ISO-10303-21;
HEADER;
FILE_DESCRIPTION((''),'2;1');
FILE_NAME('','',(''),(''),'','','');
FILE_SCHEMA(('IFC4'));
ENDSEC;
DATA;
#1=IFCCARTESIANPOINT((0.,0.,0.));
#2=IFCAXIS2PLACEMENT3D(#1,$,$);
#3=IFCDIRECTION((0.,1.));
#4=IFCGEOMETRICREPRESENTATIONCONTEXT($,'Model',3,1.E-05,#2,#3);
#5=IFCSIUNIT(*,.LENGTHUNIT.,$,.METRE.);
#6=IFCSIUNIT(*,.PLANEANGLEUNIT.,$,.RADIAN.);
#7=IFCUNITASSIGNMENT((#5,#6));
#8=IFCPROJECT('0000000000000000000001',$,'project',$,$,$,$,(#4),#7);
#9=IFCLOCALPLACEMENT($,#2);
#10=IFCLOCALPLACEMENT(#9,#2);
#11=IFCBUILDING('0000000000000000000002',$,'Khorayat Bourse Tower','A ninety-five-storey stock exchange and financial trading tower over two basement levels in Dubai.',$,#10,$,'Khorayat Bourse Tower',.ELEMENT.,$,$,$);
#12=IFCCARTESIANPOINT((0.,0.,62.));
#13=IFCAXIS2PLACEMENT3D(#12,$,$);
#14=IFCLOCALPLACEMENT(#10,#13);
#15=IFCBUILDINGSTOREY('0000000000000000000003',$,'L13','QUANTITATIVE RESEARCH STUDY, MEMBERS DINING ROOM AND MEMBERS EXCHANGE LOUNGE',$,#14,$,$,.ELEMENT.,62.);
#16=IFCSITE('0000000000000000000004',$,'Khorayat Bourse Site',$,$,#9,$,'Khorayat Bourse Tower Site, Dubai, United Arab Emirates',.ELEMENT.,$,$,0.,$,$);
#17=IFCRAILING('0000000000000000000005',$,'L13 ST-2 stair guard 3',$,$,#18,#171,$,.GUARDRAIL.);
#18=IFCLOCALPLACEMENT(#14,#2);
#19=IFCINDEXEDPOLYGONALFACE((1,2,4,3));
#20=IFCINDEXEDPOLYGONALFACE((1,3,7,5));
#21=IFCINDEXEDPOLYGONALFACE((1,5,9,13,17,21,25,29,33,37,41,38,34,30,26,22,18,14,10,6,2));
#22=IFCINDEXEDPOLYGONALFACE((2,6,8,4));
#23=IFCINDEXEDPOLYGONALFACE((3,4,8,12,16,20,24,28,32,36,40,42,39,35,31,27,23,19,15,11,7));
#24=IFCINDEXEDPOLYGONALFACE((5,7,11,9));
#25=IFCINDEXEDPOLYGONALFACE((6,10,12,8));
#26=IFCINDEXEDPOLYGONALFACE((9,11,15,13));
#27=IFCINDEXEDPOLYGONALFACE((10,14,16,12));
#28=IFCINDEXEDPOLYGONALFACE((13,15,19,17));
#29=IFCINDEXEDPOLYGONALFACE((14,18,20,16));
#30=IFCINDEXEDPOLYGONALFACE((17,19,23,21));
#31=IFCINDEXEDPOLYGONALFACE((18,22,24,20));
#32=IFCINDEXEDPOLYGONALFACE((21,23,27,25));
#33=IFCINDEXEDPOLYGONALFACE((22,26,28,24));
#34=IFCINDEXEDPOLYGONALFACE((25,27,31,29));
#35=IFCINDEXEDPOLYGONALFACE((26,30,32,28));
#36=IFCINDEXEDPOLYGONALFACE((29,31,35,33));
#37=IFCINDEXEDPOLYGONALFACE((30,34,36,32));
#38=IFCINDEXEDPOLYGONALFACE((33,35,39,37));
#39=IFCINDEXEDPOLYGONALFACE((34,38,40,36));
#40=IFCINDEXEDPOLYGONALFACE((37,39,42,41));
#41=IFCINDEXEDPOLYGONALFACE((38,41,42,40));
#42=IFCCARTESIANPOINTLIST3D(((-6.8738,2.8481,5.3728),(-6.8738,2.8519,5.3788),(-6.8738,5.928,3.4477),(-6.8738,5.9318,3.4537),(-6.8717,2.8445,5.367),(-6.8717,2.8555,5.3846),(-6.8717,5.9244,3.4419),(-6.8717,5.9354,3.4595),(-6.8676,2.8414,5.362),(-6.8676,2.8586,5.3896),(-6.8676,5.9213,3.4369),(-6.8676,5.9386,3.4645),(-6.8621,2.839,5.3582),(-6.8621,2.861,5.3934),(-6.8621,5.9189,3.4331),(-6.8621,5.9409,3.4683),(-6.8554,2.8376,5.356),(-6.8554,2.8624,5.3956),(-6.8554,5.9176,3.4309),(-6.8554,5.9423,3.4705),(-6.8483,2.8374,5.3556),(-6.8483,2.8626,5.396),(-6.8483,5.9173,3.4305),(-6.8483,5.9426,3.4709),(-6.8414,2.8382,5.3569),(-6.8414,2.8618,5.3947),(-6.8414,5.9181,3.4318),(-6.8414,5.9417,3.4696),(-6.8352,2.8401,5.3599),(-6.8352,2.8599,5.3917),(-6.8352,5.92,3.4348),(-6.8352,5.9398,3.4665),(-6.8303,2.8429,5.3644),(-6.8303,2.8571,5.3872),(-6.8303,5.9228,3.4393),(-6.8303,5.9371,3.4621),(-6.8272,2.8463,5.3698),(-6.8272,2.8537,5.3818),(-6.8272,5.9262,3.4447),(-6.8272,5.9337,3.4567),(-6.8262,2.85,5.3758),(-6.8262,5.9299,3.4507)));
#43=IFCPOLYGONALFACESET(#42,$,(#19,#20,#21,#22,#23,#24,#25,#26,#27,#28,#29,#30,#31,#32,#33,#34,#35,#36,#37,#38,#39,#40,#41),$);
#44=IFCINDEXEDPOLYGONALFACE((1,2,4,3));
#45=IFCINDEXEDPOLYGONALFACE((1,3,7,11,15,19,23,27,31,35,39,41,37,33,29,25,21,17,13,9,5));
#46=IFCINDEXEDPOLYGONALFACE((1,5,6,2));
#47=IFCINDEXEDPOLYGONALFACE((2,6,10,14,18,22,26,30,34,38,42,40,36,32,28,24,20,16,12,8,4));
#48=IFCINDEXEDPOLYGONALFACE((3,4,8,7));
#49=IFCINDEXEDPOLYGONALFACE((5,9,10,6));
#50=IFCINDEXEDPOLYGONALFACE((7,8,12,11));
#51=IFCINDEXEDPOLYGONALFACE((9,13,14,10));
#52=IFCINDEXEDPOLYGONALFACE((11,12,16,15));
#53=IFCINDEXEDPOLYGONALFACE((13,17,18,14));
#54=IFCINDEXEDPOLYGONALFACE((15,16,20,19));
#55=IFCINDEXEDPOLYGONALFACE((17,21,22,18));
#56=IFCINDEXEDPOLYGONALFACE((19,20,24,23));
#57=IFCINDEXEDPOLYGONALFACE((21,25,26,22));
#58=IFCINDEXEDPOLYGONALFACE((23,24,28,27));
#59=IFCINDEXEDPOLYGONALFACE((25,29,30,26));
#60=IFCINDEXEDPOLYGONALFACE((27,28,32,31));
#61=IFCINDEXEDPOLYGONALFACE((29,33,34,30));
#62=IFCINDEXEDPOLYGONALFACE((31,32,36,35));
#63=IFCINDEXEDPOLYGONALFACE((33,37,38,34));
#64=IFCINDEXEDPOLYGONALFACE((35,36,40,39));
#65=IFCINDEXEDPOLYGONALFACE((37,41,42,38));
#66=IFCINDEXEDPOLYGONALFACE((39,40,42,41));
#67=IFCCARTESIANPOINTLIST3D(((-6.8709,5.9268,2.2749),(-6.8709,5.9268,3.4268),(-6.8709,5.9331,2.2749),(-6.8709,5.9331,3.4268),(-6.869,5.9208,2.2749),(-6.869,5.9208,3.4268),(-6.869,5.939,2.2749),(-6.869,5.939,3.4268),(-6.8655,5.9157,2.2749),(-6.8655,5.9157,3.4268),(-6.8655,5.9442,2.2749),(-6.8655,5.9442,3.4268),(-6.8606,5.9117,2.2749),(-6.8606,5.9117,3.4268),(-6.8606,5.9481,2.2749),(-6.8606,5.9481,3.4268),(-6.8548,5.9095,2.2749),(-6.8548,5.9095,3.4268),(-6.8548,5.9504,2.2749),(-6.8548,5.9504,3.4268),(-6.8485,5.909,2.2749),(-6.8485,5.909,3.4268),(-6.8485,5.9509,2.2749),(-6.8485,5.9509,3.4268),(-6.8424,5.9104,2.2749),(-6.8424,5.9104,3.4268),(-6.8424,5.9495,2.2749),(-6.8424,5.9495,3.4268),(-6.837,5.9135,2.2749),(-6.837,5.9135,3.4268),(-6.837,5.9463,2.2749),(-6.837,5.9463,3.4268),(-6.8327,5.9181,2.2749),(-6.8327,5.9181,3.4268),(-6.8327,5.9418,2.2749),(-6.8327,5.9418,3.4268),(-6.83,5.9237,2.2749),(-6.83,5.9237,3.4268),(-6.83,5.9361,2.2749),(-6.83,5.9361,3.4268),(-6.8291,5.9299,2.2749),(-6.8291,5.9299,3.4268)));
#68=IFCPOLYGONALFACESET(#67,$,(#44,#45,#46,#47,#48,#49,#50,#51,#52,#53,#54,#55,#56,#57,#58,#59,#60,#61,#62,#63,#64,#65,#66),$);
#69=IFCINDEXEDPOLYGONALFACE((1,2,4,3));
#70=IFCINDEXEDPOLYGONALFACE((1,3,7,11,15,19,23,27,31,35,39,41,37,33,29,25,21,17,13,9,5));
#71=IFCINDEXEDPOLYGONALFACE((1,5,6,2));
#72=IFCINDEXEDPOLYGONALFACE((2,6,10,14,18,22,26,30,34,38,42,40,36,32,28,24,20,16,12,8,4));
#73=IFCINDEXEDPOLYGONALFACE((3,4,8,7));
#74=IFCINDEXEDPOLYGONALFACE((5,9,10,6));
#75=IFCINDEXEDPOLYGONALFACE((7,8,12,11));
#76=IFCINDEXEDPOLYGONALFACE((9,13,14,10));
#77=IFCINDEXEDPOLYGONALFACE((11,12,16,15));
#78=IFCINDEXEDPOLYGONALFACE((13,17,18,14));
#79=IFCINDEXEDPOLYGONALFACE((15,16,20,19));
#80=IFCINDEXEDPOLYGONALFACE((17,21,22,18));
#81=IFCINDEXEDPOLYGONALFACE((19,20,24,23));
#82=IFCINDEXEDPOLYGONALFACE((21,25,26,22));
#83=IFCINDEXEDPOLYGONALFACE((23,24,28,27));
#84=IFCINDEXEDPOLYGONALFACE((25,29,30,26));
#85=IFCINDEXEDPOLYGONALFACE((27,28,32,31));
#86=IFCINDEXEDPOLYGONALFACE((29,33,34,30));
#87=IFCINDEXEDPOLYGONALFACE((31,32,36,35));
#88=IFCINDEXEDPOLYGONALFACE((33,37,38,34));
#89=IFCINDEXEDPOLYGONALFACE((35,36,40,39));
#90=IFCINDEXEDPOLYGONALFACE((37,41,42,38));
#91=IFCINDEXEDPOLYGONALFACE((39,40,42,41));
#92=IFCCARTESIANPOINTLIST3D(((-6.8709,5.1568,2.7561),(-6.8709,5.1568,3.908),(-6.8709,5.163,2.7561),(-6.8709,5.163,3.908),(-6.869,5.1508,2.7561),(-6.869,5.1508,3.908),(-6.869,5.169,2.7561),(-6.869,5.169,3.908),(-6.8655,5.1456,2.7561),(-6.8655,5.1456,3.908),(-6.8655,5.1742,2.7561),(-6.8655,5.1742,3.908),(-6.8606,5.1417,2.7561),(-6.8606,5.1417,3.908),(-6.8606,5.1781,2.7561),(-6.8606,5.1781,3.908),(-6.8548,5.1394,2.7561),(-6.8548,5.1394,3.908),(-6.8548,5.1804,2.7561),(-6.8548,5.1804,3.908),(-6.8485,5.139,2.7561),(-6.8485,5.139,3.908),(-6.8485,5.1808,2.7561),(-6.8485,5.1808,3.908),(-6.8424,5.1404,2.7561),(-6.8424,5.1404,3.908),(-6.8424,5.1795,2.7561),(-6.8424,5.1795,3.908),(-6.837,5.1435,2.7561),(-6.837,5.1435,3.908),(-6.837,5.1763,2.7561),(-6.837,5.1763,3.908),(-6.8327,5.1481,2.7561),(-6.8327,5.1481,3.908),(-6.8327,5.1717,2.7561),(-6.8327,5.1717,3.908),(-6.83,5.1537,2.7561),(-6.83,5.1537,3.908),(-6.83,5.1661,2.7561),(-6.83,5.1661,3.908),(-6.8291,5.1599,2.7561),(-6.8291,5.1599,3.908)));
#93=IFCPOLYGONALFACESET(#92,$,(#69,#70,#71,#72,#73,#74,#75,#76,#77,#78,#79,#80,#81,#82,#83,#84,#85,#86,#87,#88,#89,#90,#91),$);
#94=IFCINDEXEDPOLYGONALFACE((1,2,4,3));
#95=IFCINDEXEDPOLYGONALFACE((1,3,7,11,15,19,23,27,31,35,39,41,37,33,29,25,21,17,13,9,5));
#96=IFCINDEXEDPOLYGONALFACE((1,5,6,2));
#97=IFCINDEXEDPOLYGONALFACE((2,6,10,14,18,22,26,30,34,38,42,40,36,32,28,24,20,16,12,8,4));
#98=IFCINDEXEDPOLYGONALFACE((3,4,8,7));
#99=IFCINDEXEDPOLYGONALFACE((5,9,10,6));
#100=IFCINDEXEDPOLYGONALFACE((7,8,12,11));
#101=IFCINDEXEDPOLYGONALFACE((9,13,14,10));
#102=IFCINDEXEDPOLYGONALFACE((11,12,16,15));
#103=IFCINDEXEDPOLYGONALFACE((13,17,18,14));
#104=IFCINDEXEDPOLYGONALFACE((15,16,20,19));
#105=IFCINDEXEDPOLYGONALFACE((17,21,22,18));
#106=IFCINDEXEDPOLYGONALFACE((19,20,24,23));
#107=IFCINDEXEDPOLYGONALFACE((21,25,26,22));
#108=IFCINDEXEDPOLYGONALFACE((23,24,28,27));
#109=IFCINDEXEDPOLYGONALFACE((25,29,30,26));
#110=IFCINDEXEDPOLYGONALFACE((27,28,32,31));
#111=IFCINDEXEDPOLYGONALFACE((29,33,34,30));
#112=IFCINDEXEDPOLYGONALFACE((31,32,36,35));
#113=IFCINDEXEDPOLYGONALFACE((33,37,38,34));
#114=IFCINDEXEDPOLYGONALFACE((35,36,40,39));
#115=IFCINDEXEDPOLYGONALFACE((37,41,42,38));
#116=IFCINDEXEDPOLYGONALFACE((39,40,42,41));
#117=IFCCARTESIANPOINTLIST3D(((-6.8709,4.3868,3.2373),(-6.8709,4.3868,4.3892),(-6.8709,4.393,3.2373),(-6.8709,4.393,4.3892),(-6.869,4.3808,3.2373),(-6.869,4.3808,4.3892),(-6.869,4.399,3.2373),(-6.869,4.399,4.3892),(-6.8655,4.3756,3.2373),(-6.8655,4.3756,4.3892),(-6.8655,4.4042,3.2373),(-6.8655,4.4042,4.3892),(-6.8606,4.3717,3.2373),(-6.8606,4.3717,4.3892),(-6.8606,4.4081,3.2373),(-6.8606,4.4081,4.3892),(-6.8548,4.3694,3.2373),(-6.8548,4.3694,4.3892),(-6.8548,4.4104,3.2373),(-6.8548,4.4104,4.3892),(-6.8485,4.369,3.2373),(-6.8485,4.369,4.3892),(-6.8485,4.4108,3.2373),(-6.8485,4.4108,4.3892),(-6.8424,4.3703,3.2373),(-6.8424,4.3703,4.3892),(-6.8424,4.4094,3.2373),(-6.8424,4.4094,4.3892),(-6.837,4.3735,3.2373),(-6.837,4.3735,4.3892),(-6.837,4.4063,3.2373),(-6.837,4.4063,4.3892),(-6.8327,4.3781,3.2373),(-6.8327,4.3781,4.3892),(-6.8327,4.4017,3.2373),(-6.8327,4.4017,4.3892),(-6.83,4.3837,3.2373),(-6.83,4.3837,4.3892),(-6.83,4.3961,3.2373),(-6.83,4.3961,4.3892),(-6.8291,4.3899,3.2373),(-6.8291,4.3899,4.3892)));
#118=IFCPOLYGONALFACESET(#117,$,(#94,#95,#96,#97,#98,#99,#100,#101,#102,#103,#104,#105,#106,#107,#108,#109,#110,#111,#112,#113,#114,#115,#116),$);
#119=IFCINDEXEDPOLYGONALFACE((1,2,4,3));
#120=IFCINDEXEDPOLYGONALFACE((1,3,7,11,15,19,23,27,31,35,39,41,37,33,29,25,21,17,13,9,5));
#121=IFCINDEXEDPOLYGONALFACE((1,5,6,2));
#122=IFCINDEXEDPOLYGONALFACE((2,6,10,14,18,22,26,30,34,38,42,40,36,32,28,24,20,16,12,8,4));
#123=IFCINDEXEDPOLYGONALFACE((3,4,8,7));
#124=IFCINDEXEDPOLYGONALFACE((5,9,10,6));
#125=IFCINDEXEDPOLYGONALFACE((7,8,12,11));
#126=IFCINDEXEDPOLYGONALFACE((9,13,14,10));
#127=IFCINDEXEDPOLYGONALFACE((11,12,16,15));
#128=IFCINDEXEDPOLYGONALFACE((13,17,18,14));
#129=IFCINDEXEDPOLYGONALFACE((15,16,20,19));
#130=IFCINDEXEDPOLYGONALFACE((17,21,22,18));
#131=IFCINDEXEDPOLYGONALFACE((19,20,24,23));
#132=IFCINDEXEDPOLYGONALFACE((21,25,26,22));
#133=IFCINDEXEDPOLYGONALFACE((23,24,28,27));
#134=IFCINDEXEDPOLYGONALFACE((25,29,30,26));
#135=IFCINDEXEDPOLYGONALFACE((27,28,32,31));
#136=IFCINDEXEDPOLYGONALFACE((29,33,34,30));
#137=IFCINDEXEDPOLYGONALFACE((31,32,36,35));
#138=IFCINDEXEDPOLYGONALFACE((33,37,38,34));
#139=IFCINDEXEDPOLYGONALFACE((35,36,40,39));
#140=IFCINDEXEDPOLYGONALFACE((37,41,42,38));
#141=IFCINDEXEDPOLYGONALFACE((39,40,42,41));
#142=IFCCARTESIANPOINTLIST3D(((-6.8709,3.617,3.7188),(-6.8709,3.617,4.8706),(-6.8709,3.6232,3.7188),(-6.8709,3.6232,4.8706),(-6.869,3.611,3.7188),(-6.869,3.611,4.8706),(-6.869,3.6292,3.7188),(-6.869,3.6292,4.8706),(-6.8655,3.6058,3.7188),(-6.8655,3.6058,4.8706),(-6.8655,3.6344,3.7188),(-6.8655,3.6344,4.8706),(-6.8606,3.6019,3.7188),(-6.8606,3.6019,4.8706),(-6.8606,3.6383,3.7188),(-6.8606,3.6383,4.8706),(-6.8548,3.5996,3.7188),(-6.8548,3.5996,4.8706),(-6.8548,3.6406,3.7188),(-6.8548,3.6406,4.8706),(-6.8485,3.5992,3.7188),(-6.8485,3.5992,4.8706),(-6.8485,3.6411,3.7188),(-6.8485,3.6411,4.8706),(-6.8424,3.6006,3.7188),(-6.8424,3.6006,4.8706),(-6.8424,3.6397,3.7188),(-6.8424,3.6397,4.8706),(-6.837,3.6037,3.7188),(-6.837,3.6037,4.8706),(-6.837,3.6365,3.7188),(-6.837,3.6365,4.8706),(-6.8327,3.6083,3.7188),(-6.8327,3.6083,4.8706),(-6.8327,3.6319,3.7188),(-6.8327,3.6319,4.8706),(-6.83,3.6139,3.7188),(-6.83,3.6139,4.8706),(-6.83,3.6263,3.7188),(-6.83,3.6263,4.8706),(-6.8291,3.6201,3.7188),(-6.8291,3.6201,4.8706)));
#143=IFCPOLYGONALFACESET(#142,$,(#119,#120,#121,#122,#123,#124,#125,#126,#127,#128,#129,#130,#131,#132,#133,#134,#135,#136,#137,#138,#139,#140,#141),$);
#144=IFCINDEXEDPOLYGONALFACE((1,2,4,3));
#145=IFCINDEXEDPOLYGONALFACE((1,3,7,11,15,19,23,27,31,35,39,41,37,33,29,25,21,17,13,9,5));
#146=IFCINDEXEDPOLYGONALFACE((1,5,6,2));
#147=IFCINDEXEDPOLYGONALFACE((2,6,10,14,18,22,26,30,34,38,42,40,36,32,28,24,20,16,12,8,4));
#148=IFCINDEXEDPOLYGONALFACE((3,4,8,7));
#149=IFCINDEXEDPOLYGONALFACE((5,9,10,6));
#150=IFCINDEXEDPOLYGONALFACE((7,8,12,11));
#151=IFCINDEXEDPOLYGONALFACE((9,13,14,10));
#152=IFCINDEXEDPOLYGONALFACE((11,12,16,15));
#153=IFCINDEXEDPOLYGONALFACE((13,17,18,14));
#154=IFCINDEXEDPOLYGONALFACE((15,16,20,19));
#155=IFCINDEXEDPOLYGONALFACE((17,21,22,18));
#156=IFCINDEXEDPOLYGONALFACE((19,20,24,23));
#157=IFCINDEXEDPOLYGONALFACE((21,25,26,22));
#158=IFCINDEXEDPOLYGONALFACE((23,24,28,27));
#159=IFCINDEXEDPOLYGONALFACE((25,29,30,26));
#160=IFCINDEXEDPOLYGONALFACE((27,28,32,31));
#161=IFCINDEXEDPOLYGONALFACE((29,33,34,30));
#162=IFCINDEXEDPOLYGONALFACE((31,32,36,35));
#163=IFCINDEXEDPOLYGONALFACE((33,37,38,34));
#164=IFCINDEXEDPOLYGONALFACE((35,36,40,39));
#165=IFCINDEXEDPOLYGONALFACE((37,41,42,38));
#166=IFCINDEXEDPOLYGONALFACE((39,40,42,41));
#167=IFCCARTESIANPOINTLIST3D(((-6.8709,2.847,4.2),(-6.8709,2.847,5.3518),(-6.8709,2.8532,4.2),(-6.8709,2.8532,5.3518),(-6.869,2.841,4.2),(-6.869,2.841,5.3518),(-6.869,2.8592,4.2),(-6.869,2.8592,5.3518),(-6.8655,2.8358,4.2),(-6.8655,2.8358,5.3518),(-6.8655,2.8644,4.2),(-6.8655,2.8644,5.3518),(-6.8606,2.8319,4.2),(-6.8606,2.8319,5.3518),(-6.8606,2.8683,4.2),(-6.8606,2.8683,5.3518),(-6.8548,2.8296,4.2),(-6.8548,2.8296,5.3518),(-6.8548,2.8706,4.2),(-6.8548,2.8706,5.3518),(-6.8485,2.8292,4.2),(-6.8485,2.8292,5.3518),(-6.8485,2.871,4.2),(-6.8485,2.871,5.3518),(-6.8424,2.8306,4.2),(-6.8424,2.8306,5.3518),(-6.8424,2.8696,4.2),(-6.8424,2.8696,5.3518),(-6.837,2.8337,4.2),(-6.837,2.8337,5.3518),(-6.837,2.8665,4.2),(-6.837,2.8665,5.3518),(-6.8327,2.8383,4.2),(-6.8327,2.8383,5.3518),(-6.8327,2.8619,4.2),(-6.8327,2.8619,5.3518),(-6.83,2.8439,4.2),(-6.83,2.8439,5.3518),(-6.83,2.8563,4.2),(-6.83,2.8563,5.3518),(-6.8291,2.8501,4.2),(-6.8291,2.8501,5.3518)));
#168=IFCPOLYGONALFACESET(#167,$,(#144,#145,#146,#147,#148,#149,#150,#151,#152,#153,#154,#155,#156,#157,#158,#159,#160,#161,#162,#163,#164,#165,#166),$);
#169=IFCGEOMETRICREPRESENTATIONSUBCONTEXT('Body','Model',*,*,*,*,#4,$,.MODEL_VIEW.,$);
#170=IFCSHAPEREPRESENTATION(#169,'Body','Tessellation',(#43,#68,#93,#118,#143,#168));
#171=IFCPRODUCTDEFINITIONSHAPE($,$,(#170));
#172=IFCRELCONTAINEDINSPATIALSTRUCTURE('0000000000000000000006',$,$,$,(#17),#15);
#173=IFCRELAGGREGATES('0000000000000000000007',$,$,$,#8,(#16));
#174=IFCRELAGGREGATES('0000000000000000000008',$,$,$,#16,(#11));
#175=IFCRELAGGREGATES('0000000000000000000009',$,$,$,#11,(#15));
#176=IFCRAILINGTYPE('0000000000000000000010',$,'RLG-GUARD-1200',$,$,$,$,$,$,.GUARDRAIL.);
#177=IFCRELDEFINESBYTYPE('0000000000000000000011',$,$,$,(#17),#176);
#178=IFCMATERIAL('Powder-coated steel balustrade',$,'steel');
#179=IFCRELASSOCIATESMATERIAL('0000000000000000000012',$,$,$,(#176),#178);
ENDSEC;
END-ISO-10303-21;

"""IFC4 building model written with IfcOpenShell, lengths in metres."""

from ifc_helpers import new_model, si_unit, direction, frame, origin, origin_2d, place, context, subcontext, project, spatial, circle, extrude, source, transform, mapped, material, type_object, element, save


model = new_model("IFC4")

# Units and contexts
model_context = context("Model", 3, precision=1e-05, world=origin(), true_north=direction((0.0, 1.0)))
body_context = subcontext(model_context, "Body", "Model", "MODEL_VIEW")
ifc_project = project(units=[si_unit("LENGTHUNIT", "METRE"), si_unit("PLANEANGLEUNIT", "RADIAN")], contexts=[model_context])

# Site, building, storey
site_placement = place(None, origin())
site = spatial("IfcSite", under=ifc_project, at=site_placement, Name="Khorayat Bourse Site", LongName="Khorayat Bourse Tower Site, Dubai, United Arab Emirates", CompositionType="ELEMENT", RefElevation=0.0)
building_placement = place(site_placement, origin())
building = spatial("IfcBuilding", under=site, at=building_placement, Name="Khorayat Bourse Tower", Description="A ninety-five-storey stock exchange and financial trading tower over two basement levels in Dubai.", LongName="Khorayat Bourse Tower", CompositionType="ELEMENT")
storey_placement = place(building_placement, frame((0.0, 0.0, 62.0)))
storey = spatial("IfcBuildingStorey", under=building, at=storey_placement, Name="L13", Description="QUANTITATIVE RESEARCH STUDY, MEMBERS DINING ROOM AND MEMBERS EXCHANGE LOUNGE", CompositionType="ELEMENT", Elevation=62.0)

# Railing
ifc_material_1 = material(Name="Powder-coated steel balustrade", Category="steel")
railing_type_1 = type_object("IfcRailingType", Name="RLG-GUARD-1200", PredefinedType="GUARDRAIL", material=ifc_material_1)
shared_shape_1 = source(origin(), body_context, "Body", "SweptSolid", [
    extrude(circle(Radius=0.0239, at=origin_2d()), frame((0.0, 0.0, 1.1758), z_axis=(0.0, -0.847979, 0.530029), x_axis=(1.0, 0.0, 0.0)), (0.0, 0.0, 1.0), 3.6321),
    extrude(circle(Radius=0.021, at=origin_2d()), origin(), (0.0, 0.0, 1.0), 1.1519),
    extrude(circle(Radius=0.021, at=origin_2d()), frame((0.0, -0.77, 0.4812)), (0.0, 0.0, 1.0), 1.1519),
    extrude(circle(Radius=0.021, at=origin_2d()), frame((0.0, -1.54, 0.9624)), (0.0, 0.0, 1.0), 1.1519),
    extrude(circle(Radius=0.021, at=origin_2d()), frame((0.0, -2.3098, 1.4438)), (0.0, 0.0, 1.0), 1.1519),
    extrude(circle(Radius=0.021, at=origin_2d()), frame((0.0, -3.0798, 1.925)), (0.0, 0.0, 1.0), 1.1519),
])
railing_1_placement = place(storey_placement, frame((-6.8501, 5.9299, 2.2749)))
element("IfcRailing", 1, at=railing_1_placement, inside=storey, type_object=railing_type_1, Name="L13 ST-2 stair guard 3", PredefinedType="GUARDRAIL", context=body_context, shape_type="MappedRepresentation", body=[
    mapped(shared_shape_1, transform((0.0, 0.0, 0.0), scale=1.0)),
])

save(model, "model.ifc")
